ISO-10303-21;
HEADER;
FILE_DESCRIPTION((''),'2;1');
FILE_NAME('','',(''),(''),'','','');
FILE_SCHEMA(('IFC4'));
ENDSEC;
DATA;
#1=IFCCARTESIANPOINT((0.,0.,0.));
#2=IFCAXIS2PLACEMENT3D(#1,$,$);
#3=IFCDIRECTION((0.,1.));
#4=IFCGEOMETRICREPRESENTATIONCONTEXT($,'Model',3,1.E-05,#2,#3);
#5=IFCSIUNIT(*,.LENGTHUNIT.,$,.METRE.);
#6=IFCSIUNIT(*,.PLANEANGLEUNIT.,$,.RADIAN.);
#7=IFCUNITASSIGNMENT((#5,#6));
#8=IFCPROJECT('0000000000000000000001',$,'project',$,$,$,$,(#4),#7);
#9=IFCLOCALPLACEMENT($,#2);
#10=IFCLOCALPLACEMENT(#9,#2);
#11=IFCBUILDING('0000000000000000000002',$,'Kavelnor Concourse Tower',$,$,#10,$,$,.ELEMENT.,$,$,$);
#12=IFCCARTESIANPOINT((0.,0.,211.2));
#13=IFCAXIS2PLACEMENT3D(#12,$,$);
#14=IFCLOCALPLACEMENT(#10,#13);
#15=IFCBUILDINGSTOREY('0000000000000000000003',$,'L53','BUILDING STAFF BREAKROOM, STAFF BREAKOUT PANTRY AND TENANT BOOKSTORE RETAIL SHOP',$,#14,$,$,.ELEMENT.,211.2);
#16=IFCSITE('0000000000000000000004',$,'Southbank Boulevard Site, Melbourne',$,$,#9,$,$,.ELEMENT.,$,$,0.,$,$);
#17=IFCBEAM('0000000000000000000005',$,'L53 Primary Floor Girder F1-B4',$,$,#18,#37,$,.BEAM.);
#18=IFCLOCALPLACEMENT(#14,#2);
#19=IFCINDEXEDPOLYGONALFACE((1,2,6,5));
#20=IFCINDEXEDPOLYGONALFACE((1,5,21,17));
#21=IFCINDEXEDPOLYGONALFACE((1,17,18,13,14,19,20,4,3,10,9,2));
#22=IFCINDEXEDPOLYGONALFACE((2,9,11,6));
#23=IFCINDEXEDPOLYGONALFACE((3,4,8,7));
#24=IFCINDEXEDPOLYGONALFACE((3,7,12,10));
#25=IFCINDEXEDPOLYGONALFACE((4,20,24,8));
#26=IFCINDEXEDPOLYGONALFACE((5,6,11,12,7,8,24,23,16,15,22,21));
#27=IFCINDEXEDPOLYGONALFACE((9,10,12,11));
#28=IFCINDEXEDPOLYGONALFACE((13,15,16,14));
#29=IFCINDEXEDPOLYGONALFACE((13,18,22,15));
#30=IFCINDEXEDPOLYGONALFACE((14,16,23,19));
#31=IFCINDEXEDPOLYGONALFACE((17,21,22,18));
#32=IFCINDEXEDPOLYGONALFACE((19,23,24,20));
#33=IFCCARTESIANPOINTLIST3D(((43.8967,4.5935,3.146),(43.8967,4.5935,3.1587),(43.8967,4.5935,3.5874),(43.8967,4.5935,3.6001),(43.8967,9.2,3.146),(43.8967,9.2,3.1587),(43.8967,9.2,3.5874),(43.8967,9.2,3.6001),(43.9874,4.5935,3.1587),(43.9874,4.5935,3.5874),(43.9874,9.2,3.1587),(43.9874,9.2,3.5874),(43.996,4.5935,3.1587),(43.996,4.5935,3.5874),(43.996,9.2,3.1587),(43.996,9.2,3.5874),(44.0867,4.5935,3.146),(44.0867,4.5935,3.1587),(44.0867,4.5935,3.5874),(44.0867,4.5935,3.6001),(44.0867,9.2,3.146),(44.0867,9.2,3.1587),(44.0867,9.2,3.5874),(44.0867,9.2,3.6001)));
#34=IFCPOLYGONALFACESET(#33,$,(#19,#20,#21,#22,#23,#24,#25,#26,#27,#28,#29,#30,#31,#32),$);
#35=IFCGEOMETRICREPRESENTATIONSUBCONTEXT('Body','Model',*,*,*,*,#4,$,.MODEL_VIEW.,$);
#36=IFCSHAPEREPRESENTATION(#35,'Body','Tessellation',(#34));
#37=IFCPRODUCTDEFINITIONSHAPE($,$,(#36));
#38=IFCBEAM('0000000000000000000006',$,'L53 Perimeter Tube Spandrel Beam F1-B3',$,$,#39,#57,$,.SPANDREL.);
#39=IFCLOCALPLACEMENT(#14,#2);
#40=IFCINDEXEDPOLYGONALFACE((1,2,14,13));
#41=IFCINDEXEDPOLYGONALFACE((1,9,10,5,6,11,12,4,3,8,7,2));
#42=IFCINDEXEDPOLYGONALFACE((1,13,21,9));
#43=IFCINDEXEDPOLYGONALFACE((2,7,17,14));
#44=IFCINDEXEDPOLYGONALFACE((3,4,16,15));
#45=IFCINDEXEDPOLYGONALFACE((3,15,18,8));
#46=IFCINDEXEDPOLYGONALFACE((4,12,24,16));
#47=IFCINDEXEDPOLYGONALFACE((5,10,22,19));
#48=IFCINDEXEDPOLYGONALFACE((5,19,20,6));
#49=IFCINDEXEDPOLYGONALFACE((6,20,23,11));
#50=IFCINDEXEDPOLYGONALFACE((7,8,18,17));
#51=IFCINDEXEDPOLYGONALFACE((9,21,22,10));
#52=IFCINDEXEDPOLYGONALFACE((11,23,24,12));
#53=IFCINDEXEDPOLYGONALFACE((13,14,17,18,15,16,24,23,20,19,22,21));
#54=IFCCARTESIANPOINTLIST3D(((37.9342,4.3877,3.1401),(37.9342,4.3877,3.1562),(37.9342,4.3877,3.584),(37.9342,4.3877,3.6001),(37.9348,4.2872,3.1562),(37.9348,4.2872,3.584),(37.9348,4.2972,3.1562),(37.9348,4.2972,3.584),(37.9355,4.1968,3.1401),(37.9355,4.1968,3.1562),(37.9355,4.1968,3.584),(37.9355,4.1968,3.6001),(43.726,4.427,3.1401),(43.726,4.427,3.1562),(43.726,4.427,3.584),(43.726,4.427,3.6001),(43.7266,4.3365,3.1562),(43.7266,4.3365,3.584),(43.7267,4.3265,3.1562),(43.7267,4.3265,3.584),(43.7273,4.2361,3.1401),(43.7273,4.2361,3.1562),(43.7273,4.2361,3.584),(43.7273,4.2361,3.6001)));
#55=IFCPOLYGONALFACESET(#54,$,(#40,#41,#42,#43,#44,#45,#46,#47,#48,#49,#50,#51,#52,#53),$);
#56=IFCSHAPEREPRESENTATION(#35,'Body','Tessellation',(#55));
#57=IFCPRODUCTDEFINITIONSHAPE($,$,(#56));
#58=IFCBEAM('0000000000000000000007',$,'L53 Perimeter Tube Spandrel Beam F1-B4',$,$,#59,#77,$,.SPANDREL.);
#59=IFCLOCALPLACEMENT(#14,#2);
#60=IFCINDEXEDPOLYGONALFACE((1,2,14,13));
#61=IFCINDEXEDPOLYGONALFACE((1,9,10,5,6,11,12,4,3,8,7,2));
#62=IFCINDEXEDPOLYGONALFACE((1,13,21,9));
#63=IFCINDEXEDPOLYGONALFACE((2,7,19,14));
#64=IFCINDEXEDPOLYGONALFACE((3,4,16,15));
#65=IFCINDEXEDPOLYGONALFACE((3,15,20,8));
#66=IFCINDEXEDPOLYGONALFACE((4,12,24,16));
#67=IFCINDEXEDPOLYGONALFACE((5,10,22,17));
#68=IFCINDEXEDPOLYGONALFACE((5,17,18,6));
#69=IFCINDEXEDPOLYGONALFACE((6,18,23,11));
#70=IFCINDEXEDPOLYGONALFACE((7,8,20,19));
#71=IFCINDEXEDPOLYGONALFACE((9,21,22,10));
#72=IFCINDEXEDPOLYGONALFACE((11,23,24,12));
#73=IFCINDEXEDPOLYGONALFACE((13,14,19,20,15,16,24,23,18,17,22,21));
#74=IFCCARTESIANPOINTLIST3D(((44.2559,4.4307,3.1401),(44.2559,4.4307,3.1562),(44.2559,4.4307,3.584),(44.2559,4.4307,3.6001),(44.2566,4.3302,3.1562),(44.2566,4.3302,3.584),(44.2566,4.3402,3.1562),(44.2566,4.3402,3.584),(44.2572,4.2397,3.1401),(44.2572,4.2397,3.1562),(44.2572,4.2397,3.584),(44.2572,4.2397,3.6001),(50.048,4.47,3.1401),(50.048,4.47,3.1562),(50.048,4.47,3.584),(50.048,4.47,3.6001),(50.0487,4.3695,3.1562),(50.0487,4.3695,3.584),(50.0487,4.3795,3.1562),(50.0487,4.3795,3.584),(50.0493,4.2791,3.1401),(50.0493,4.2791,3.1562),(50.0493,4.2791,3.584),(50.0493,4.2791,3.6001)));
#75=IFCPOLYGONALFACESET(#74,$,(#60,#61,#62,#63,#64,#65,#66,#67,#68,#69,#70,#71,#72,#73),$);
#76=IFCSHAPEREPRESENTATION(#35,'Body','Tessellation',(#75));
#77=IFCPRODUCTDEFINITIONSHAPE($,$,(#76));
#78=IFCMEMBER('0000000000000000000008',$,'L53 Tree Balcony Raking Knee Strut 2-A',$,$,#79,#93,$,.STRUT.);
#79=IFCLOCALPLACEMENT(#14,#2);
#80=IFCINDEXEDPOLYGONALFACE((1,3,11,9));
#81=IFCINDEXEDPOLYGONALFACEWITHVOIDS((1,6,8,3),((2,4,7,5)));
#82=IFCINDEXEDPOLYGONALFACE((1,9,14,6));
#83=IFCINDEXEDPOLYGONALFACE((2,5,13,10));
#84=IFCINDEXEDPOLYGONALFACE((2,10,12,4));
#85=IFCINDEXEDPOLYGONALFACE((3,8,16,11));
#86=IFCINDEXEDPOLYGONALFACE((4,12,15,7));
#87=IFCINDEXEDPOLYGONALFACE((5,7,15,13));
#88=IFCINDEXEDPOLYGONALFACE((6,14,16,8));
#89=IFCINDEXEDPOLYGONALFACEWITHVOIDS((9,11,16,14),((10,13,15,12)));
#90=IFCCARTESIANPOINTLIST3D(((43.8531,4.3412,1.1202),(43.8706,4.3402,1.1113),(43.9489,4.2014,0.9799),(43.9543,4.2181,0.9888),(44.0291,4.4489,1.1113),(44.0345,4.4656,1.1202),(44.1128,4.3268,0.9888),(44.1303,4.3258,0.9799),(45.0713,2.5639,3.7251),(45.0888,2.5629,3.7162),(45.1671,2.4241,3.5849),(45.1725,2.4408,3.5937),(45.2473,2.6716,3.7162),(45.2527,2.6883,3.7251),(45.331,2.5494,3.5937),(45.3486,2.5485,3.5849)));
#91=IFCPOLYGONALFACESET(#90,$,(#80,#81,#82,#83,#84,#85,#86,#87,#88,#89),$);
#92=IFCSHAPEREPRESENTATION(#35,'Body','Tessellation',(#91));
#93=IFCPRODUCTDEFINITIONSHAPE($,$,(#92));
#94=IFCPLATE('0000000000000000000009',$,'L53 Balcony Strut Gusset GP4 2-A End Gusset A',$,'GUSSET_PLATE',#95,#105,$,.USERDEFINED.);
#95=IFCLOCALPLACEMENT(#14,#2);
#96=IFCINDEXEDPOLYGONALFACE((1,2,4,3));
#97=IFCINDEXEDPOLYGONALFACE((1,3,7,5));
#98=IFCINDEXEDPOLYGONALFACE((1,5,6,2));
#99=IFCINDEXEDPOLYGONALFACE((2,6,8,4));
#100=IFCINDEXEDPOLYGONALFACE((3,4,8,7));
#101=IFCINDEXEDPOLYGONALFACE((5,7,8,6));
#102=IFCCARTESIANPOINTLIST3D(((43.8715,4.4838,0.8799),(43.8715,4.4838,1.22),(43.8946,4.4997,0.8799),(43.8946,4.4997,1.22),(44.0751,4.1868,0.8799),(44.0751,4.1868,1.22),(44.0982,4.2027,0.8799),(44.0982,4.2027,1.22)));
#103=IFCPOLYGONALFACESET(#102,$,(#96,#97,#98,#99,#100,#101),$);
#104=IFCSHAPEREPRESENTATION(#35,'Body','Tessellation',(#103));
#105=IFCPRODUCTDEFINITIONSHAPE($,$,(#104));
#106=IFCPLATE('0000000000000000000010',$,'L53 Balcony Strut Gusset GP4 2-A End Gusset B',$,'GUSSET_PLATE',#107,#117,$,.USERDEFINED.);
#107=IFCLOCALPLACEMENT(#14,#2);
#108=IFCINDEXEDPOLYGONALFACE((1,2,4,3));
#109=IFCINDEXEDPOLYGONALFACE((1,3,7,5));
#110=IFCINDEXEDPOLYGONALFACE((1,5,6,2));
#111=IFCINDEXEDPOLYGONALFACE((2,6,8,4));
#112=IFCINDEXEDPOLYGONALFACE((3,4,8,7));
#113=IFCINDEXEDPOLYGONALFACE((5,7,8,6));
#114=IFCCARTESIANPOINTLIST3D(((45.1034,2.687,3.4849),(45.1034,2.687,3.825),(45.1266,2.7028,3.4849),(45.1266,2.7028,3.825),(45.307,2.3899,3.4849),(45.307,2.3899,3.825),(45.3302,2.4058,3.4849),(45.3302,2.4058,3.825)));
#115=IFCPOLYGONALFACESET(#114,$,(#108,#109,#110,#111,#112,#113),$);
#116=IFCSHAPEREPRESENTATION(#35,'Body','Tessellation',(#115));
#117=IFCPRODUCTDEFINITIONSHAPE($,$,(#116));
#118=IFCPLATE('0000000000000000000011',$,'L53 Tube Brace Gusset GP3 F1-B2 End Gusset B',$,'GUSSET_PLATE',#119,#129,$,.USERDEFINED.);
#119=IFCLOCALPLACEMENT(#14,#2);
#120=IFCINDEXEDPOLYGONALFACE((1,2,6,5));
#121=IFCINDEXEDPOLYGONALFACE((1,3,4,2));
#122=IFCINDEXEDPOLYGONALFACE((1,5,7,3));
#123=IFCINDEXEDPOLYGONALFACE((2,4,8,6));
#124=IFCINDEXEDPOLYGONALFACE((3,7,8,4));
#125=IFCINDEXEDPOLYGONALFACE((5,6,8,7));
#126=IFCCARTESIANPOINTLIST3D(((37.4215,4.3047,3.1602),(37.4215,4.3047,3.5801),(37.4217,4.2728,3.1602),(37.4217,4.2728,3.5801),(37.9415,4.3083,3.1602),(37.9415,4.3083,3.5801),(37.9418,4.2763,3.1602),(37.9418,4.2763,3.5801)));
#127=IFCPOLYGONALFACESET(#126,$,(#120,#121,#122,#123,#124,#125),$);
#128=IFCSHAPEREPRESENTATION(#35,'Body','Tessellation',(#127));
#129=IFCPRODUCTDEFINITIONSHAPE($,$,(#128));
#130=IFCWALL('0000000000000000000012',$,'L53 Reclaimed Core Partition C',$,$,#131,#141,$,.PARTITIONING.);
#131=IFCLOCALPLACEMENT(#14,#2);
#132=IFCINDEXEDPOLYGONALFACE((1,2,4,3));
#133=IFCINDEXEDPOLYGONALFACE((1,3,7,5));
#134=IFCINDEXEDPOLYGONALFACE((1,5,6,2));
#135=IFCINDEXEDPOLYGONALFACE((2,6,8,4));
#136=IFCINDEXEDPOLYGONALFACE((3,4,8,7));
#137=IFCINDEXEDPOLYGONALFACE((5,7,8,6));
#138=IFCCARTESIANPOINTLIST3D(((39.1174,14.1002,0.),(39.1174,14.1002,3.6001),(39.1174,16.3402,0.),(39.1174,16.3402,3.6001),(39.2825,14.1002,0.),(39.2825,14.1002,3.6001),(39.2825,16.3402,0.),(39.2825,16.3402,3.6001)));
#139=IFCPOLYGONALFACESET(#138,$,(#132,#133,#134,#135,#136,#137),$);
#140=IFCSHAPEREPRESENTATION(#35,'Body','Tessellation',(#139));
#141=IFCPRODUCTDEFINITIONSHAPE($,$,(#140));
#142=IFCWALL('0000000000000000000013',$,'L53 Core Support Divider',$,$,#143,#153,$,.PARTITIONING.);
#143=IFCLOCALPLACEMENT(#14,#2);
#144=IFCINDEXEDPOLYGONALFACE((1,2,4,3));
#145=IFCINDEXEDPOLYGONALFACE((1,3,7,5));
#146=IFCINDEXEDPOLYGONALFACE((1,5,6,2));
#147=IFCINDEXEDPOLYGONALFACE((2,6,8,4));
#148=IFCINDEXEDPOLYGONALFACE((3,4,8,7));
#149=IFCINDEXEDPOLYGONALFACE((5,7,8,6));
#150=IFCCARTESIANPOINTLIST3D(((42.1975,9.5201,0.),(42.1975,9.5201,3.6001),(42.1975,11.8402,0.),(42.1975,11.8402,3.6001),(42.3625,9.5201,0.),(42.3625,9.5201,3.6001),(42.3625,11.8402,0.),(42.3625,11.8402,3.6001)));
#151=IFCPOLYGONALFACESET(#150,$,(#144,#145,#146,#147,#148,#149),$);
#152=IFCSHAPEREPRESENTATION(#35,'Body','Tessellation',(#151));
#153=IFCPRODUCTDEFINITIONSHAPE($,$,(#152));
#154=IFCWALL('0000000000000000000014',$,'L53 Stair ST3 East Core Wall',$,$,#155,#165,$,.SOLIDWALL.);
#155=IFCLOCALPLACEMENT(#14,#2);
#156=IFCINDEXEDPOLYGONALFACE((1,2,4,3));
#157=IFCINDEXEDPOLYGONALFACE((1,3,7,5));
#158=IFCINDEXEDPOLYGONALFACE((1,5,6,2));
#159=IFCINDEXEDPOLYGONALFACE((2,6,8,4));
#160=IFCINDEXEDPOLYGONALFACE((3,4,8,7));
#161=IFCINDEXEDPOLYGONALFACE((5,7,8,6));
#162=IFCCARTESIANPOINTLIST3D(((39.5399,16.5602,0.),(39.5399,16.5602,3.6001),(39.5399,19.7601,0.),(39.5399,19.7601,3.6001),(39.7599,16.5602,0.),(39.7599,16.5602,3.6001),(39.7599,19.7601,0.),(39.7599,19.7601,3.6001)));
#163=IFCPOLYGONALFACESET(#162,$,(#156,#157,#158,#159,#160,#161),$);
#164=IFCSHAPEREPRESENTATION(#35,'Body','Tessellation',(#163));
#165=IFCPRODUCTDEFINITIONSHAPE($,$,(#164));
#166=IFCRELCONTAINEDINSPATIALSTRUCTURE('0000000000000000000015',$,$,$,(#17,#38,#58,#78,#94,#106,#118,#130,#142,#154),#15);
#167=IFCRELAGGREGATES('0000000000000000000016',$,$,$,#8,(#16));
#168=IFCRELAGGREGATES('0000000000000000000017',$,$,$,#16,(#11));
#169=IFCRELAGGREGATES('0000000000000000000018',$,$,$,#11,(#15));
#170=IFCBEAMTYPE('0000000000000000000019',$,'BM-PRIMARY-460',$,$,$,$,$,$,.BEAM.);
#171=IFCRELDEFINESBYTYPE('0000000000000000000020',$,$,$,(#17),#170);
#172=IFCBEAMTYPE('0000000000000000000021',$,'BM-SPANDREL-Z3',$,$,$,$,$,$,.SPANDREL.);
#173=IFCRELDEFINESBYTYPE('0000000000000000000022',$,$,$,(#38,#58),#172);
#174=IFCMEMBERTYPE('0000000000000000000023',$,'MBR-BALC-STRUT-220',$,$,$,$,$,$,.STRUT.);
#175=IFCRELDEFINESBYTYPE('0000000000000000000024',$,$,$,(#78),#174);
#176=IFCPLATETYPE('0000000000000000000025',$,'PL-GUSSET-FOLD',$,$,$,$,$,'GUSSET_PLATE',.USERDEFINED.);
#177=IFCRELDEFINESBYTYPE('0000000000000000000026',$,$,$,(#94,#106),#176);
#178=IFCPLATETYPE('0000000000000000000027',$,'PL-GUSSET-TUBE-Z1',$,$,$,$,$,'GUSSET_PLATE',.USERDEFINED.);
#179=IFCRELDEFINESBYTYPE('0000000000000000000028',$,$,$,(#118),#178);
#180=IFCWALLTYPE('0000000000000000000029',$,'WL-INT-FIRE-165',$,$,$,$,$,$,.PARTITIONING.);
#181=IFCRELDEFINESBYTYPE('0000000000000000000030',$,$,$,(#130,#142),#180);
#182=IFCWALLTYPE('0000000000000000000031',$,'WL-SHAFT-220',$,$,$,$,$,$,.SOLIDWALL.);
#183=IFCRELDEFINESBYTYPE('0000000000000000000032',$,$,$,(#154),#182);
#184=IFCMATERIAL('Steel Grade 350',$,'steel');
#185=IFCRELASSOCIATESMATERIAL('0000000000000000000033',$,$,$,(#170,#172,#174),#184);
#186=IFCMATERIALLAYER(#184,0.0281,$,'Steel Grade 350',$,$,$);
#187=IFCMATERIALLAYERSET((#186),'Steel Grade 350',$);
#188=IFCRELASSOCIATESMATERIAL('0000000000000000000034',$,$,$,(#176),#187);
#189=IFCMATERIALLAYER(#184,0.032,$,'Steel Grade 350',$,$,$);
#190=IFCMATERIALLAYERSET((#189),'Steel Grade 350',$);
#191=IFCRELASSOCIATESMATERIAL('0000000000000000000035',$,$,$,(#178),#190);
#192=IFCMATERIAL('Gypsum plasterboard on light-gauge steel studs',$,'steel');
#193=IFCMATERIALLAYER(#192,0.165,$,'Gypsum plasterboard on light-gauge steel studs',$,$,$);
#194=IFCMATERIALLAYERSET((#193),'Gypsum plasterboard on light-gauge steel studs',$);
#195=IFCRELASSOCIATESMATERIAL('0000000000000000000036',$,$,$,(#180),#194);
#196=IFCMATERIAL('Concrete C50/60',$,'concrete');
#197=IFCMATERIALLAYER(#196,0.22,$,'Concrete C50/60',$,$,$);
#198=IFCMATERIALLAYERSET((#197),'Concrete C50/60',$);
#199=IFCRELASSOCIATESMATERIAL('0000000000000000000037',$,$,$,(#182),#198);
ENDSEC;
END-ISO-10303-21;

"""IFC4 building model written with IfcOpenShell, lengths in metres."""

from ifc_helpers import new_model, si_unit, direction, frame, frame_2d, origin, origin_2d, place, context, subcontext, project, spatial, rectangle, hollow_rectangle, i_section, extrude, material, layer, layer_set, material_profile, profile_set, type_object, element, save


model = new_model("IFC4")

# Units and contexts
model_context = context("Model", 3, precision=1e-05, world=origin(), true_north=direction((0.0, 1.0)))
body_context = subcontext(model_context, "Body", "Model", "MODEL_VIEW")
ifc_project = project(units=[si_unit("LENGTHUNIT", "METRE"), si_unit("PLANEANGLEUNIT", "RADIAN")], contexts=[model_context])

# Site, building, storey
site_placement = place(None, origin())
site = spatial("IfcSite", under=ifc_project, at=site_placement, Name="Southbank Boulevard Site, Melbourne", CompositionType="ELEMENT", RefElevation=0.0)
building_placement = place(site_placement, origin())
building = spatial("IfcBuilding", under=site, at=building_placement, Name="Kavelnor Concourse Tower", CompositionType="ELEMENT")
storey_placement = place(building_placement, frame((0.0, 0.0, 211.2)))
storey = spatial("IfcBuildingStorey", under=building, at=storey_placement, Name="L53", Description="BUILDING STAFF BREAKROOM, STAFF BREAKOUT PANTRY AND TENANT BOOKSTORE RETAIL SHOP", CompositionType="ELEMENT", Elevation=211.2)

# Shared definitions
ifc_material_1 = material(Name="Steel Grade 350", Category="steel")

# Beams
ifc_material_profile_1 = material_profile(ifc_material_1, i_section(OverallWidth=0.1899, OverallDepth=0.4541, WebThickness=0.0085, FlangeThickness=0.0127, at=origin_2d()), Name="460UB67")
ifc_profile_set_1 = profile_set([ifc_material_profile_1], Name="Steel Grade 350")
beam_type_1 = type_object("IfcBeamType", Name="BM-PRIMARY-460", PredefinedType="BEAM", material=ifc_profile_set_1)
beam_1_placement = place(storey_placement, frame((43.9917, 9.2, 3.373), z_axis=(0.0, -1.0, 0.0), x_axis=(1.0, 0.0, 0.0)))
element("IfcBeam", 1, at=beam_1_placement, inside=storey, type_object=beam_type_1, Name="L53 Primary Floor Girder F1-B4", PredefinedType="BEAM", context=body_context, shape_type="SweptSolid", body=[
    extrude(i_section(OverallWidth=0.1899, OverallDepth=0.4541, WebThickness=0.0085, FlangeThickness=0.0127, at=origin_2d()), origin(), (0.0, 0.0, 1.0), 4.6064),
])
ifc_material_profile_2 = material_profile(ifc_material_1, i_section(OverallWidth=0.1909, OverallDepth=0.46, WebThickness=0.01, FlangeThickness=0.0161, at=origin_2d()), Name="460UB82")
ifc_profile_set_2 = profile_set([ifc_material_profile_2], Name="Steel Grade 350")
beam_type_2 = type_object("IfcBeamType", Name="BM-SPANDREL-Z3", PredefinedType="SPANDREL", material=ifc_profile_set_2)
beam_2_placement = place(storey_placement, frame((37.9348, 4.2922, 3.3701), z_axis=(0.999977, 0.006787, 0.0), x_axis=(-0.006787, 0.999977, 0.0)))
element("IfcBeam", 2, at=beam_2_placement, inside=storey, type_object=beam_type_2, Name="L53 Perimeter Tube Spandrel Beam F1-B3", PredefinedType="SPANDREL", context=body_context, shape_type="SweptSolid", body=[
    extrude(i_section(OverallWidth=0.1909, OverallDepth=0.46, WebThickness=0.01, FlangeThickness=0.0161, at=origin_2d()), origin(), (0.0, 0.0, 1.0), 5.792),
])
beam_3_placement = place(storey_placement, frame((44.2566, 4.3352, 3.3701), z_axis=(0.999977, 0.006786, 0.0), x_axis=(-0.006786, 0.999977, 0.0)))
element("IfcBeam", 3, at=beam_3_placement, inside=storey, type_object=beam_type_2, Name="L53 Perimeter Tube Spandrel Beam F1-B4", PredefinedType="SPANDREL", context=body_context, shape_type="SweptSolid", body=[
    extrude(i_section(OverallWidth=0.1909, OverallDepth=0.46, WebThickness=0.01, FlangeThickness=0.0161, at=origin_2d()), origin(), (0.0, 0.0, 1.0), 5.7922),
])

# Member
ifc_material_profile_3 = material_profile(ifc_material_1, hollow_rectangle(XDim=0.22, YDim=0.22, WallThickness=0.0139, at=origin_2d()), Name="SHS 220x220x14")
ifc_profile_set_3 = profile_set([ifc_material_profile_3], Name="Steel Grade 350")
member_type = type_object("IfcMemberType", Name="MBR-BALC-STRUT-220", PredefinedType="STRUT", material=ifc_profile_set_3)
member_placement = place(storey_placement, frame((43.9917, 4.3335, 1.05), z_axis=(0.360359, -0.525735, 0.770548), x_axis=(0.824835, 0.565374, 0.0)))
element("IfcMember", 4, at=member_placement, inside=storey, type_object=member_type, Name="L53 Tree Balcony Raking Knee Strut 2-A", PredefinedType="STRUT", context=body_context, shape_type="SweptSolid", body=[
    extrude(hollow_rectangle(XDim=0.22, YDim=0.22, WallThickness=0.0139, at=origin_2d()), origin(), (0.0, 0.0, 1.0), 3.3806),
])

# Plates
ifc_layer_1 = layer(ifc_material_1, 0.0281, Name="Steel Grade 350")
ifc_layer_set_1 = layer_set([ifc_layer_1], Name="Steel Grade 350")
plate_type_1 = type_object("IfcPlateType", Name="PL-GUSSET-FOLD", ElementType="GUSSET_PLATE", PredefinedType="USERDEFINED", material=ifc_layer_set_1)
for number, where, z_axis, x_axis, name in (
    (5, (43.9849, 4.3433, 0.8799), (0.0, 0.0, 1.0), (0.565399, -0.824818, 0.0), "L53 Balcony Strut Gusset GP4 2-A End Gusset A"),
    (6, (45.2168, 2.5464, 3.4849), (0.0, 0.0, 1.0), (0.565399, -0.824818, 0.0), "L53 Balcony Strut Gusset GP4 2-A End Gusset B"),
):
    element("IfcPlate", number, at=place(storey_placement, frame(where, z_axis=z_axis, x_axis=x_axis)), inside=storey, type_object=plate_type_1, Name=name, ObjectType="GUSSET_PLATE", PredefinedType="USERDEFINED", context=body_context, shape_type="SweptSolid", body=[
        extrude(rectangle(XDim=0.3601, YDim=0.0281, at=origin_2d()), origin(), (0.0, 0.0, 1.0), 0.3401),
    ])
ifc_layer_2 = layer(ifc_material_1, 0.032, Name="Steel Grade 350")
ifc_layer_set_2 = layer_set([ifc_layer_2], Name="Steel Grade 350")
plate_type_2 = type_object("IfcPlateType", Name="PL-GUSSET-TUBE-Z1", ElementType="GUSSET_PLATE", PredefinedType="USERDEFINED", material=ifc_layer_set_2)
plate_placement = place(storey_placement, frame((37.6816, 4.2905, 3.1602), z_axis=(0.0, 0.0, 1.0), x_axis=(0.999977, 0.006807, 0.0)))
element("IfcPlate", 7, at=plate_placement, inside=storey, type_object=plate_type_2, Name="L53 Tube Brace Gusset GP3 F1-B2 End Gusset B", ObjectType="GUSSET_PLATE", PredefinedType="USERDEFINED", context=body_context, shape_type="SweptSolid", body=[
    extrude(rectangle(XDim=0.52, YDim=0.032, at=origin_2d()), origin(), (0.0, 0.0, 1.0), 0.4199),
])

# Walls
ifc_material_2 = material(Name="Gypsum plasterboard on light-gauge steel studs", Category="steel")
ifc_layer_3 = layer(ifc_material_2, 0.165, Name="Gypsum plasterboard on light-gauge steel studs")
ifc_layer_set_3 = layer_set([ifc_layer_3], Name="Gypsum plasterboard on light-gauge steel studs")
wall_type_1 = type_object("IfcWallType", Name="WL-INT-FIRE-165", PredefinedType="PARTITIONING", material=ifc_layer_set_3)
wall_1_placement = place(storey_placement, frame((39.2, 14.1001, 0.0), z_axis=(0.0, 0.0, 1.0), x_axis=(0.0, 1.0, 0.0)))
element("IfcWall", 8, at=wall_1_placement, inside=storey, type_object=wall_type_1, Name="L53 Reclaimed Core Partition C", PredefinedType="PARTITIONING", context=body_context, shape_type="SweptSolid", body=[
    extrude(rectangle(XDim=2.24, YDim=0.165, at=frame_2d((1.1201, 0.0))), origin(), (0.0, 0.0, 1.0), 3.6001),
])
wall_2_placement = place(storey_placement, frame((42.28, 9.52, 0.0), z_axis=(0.0, 0.0, 1.0), x_axis=(0.0, 1.0, 0.0)))
element("IfcWall", 9, at=wall_2_placement, inside=storey, type_object=wall_type_1, Name="L53 Core Support Divider", PredefinedType="PARTITIONING", context=body_context, shape_type="SweptSolid", body=[
    extrude(rectangle(XDim=2.3201, YDim=0.165, at=frame_2d((1.1602, 0.0))), origin(), (0.0, 0.0, 1.0), 3.6001),
])
ifc_material_3 = material(Name="Concrete C50/60", Category="concrete")
ifc_layer_4 = layer(ifc_material_3, 0.22, Name="Concrete C50/60")
ifc_layer_set_4 = layer_set([ifc_layer_4], Name="Concrete C50/60")
wall_type_2 = type_object("IfcWallType", Name="WL-SHAFT-220", PredefinedType="SOLIDWALL", material=ifc_layer_set_4)
wall_3_placement = place(storey_placement, frame((39.6499, 16.5601, 0.0), z_axis=(0.0, 0.0, 1.0), x_axis=(0.0, 1.0, 0.0)))
element("IfcWall", 10, at=wall_3_placement, inside=storey, type_object=wall_type_2, Name="L53 Stair ST3 East Core Wall", PredefinedType="SOLIDWALL", context=body_context, shape_type="SweptSolid", body=[
    extrude(rectangle(XDim=3.2, YDim=0.22, at=frame_2d((1.6001, 0.0))), origin(), (0.0, 0.0, 1.0), 3.6001),
])

save(model, "model.ifc")
